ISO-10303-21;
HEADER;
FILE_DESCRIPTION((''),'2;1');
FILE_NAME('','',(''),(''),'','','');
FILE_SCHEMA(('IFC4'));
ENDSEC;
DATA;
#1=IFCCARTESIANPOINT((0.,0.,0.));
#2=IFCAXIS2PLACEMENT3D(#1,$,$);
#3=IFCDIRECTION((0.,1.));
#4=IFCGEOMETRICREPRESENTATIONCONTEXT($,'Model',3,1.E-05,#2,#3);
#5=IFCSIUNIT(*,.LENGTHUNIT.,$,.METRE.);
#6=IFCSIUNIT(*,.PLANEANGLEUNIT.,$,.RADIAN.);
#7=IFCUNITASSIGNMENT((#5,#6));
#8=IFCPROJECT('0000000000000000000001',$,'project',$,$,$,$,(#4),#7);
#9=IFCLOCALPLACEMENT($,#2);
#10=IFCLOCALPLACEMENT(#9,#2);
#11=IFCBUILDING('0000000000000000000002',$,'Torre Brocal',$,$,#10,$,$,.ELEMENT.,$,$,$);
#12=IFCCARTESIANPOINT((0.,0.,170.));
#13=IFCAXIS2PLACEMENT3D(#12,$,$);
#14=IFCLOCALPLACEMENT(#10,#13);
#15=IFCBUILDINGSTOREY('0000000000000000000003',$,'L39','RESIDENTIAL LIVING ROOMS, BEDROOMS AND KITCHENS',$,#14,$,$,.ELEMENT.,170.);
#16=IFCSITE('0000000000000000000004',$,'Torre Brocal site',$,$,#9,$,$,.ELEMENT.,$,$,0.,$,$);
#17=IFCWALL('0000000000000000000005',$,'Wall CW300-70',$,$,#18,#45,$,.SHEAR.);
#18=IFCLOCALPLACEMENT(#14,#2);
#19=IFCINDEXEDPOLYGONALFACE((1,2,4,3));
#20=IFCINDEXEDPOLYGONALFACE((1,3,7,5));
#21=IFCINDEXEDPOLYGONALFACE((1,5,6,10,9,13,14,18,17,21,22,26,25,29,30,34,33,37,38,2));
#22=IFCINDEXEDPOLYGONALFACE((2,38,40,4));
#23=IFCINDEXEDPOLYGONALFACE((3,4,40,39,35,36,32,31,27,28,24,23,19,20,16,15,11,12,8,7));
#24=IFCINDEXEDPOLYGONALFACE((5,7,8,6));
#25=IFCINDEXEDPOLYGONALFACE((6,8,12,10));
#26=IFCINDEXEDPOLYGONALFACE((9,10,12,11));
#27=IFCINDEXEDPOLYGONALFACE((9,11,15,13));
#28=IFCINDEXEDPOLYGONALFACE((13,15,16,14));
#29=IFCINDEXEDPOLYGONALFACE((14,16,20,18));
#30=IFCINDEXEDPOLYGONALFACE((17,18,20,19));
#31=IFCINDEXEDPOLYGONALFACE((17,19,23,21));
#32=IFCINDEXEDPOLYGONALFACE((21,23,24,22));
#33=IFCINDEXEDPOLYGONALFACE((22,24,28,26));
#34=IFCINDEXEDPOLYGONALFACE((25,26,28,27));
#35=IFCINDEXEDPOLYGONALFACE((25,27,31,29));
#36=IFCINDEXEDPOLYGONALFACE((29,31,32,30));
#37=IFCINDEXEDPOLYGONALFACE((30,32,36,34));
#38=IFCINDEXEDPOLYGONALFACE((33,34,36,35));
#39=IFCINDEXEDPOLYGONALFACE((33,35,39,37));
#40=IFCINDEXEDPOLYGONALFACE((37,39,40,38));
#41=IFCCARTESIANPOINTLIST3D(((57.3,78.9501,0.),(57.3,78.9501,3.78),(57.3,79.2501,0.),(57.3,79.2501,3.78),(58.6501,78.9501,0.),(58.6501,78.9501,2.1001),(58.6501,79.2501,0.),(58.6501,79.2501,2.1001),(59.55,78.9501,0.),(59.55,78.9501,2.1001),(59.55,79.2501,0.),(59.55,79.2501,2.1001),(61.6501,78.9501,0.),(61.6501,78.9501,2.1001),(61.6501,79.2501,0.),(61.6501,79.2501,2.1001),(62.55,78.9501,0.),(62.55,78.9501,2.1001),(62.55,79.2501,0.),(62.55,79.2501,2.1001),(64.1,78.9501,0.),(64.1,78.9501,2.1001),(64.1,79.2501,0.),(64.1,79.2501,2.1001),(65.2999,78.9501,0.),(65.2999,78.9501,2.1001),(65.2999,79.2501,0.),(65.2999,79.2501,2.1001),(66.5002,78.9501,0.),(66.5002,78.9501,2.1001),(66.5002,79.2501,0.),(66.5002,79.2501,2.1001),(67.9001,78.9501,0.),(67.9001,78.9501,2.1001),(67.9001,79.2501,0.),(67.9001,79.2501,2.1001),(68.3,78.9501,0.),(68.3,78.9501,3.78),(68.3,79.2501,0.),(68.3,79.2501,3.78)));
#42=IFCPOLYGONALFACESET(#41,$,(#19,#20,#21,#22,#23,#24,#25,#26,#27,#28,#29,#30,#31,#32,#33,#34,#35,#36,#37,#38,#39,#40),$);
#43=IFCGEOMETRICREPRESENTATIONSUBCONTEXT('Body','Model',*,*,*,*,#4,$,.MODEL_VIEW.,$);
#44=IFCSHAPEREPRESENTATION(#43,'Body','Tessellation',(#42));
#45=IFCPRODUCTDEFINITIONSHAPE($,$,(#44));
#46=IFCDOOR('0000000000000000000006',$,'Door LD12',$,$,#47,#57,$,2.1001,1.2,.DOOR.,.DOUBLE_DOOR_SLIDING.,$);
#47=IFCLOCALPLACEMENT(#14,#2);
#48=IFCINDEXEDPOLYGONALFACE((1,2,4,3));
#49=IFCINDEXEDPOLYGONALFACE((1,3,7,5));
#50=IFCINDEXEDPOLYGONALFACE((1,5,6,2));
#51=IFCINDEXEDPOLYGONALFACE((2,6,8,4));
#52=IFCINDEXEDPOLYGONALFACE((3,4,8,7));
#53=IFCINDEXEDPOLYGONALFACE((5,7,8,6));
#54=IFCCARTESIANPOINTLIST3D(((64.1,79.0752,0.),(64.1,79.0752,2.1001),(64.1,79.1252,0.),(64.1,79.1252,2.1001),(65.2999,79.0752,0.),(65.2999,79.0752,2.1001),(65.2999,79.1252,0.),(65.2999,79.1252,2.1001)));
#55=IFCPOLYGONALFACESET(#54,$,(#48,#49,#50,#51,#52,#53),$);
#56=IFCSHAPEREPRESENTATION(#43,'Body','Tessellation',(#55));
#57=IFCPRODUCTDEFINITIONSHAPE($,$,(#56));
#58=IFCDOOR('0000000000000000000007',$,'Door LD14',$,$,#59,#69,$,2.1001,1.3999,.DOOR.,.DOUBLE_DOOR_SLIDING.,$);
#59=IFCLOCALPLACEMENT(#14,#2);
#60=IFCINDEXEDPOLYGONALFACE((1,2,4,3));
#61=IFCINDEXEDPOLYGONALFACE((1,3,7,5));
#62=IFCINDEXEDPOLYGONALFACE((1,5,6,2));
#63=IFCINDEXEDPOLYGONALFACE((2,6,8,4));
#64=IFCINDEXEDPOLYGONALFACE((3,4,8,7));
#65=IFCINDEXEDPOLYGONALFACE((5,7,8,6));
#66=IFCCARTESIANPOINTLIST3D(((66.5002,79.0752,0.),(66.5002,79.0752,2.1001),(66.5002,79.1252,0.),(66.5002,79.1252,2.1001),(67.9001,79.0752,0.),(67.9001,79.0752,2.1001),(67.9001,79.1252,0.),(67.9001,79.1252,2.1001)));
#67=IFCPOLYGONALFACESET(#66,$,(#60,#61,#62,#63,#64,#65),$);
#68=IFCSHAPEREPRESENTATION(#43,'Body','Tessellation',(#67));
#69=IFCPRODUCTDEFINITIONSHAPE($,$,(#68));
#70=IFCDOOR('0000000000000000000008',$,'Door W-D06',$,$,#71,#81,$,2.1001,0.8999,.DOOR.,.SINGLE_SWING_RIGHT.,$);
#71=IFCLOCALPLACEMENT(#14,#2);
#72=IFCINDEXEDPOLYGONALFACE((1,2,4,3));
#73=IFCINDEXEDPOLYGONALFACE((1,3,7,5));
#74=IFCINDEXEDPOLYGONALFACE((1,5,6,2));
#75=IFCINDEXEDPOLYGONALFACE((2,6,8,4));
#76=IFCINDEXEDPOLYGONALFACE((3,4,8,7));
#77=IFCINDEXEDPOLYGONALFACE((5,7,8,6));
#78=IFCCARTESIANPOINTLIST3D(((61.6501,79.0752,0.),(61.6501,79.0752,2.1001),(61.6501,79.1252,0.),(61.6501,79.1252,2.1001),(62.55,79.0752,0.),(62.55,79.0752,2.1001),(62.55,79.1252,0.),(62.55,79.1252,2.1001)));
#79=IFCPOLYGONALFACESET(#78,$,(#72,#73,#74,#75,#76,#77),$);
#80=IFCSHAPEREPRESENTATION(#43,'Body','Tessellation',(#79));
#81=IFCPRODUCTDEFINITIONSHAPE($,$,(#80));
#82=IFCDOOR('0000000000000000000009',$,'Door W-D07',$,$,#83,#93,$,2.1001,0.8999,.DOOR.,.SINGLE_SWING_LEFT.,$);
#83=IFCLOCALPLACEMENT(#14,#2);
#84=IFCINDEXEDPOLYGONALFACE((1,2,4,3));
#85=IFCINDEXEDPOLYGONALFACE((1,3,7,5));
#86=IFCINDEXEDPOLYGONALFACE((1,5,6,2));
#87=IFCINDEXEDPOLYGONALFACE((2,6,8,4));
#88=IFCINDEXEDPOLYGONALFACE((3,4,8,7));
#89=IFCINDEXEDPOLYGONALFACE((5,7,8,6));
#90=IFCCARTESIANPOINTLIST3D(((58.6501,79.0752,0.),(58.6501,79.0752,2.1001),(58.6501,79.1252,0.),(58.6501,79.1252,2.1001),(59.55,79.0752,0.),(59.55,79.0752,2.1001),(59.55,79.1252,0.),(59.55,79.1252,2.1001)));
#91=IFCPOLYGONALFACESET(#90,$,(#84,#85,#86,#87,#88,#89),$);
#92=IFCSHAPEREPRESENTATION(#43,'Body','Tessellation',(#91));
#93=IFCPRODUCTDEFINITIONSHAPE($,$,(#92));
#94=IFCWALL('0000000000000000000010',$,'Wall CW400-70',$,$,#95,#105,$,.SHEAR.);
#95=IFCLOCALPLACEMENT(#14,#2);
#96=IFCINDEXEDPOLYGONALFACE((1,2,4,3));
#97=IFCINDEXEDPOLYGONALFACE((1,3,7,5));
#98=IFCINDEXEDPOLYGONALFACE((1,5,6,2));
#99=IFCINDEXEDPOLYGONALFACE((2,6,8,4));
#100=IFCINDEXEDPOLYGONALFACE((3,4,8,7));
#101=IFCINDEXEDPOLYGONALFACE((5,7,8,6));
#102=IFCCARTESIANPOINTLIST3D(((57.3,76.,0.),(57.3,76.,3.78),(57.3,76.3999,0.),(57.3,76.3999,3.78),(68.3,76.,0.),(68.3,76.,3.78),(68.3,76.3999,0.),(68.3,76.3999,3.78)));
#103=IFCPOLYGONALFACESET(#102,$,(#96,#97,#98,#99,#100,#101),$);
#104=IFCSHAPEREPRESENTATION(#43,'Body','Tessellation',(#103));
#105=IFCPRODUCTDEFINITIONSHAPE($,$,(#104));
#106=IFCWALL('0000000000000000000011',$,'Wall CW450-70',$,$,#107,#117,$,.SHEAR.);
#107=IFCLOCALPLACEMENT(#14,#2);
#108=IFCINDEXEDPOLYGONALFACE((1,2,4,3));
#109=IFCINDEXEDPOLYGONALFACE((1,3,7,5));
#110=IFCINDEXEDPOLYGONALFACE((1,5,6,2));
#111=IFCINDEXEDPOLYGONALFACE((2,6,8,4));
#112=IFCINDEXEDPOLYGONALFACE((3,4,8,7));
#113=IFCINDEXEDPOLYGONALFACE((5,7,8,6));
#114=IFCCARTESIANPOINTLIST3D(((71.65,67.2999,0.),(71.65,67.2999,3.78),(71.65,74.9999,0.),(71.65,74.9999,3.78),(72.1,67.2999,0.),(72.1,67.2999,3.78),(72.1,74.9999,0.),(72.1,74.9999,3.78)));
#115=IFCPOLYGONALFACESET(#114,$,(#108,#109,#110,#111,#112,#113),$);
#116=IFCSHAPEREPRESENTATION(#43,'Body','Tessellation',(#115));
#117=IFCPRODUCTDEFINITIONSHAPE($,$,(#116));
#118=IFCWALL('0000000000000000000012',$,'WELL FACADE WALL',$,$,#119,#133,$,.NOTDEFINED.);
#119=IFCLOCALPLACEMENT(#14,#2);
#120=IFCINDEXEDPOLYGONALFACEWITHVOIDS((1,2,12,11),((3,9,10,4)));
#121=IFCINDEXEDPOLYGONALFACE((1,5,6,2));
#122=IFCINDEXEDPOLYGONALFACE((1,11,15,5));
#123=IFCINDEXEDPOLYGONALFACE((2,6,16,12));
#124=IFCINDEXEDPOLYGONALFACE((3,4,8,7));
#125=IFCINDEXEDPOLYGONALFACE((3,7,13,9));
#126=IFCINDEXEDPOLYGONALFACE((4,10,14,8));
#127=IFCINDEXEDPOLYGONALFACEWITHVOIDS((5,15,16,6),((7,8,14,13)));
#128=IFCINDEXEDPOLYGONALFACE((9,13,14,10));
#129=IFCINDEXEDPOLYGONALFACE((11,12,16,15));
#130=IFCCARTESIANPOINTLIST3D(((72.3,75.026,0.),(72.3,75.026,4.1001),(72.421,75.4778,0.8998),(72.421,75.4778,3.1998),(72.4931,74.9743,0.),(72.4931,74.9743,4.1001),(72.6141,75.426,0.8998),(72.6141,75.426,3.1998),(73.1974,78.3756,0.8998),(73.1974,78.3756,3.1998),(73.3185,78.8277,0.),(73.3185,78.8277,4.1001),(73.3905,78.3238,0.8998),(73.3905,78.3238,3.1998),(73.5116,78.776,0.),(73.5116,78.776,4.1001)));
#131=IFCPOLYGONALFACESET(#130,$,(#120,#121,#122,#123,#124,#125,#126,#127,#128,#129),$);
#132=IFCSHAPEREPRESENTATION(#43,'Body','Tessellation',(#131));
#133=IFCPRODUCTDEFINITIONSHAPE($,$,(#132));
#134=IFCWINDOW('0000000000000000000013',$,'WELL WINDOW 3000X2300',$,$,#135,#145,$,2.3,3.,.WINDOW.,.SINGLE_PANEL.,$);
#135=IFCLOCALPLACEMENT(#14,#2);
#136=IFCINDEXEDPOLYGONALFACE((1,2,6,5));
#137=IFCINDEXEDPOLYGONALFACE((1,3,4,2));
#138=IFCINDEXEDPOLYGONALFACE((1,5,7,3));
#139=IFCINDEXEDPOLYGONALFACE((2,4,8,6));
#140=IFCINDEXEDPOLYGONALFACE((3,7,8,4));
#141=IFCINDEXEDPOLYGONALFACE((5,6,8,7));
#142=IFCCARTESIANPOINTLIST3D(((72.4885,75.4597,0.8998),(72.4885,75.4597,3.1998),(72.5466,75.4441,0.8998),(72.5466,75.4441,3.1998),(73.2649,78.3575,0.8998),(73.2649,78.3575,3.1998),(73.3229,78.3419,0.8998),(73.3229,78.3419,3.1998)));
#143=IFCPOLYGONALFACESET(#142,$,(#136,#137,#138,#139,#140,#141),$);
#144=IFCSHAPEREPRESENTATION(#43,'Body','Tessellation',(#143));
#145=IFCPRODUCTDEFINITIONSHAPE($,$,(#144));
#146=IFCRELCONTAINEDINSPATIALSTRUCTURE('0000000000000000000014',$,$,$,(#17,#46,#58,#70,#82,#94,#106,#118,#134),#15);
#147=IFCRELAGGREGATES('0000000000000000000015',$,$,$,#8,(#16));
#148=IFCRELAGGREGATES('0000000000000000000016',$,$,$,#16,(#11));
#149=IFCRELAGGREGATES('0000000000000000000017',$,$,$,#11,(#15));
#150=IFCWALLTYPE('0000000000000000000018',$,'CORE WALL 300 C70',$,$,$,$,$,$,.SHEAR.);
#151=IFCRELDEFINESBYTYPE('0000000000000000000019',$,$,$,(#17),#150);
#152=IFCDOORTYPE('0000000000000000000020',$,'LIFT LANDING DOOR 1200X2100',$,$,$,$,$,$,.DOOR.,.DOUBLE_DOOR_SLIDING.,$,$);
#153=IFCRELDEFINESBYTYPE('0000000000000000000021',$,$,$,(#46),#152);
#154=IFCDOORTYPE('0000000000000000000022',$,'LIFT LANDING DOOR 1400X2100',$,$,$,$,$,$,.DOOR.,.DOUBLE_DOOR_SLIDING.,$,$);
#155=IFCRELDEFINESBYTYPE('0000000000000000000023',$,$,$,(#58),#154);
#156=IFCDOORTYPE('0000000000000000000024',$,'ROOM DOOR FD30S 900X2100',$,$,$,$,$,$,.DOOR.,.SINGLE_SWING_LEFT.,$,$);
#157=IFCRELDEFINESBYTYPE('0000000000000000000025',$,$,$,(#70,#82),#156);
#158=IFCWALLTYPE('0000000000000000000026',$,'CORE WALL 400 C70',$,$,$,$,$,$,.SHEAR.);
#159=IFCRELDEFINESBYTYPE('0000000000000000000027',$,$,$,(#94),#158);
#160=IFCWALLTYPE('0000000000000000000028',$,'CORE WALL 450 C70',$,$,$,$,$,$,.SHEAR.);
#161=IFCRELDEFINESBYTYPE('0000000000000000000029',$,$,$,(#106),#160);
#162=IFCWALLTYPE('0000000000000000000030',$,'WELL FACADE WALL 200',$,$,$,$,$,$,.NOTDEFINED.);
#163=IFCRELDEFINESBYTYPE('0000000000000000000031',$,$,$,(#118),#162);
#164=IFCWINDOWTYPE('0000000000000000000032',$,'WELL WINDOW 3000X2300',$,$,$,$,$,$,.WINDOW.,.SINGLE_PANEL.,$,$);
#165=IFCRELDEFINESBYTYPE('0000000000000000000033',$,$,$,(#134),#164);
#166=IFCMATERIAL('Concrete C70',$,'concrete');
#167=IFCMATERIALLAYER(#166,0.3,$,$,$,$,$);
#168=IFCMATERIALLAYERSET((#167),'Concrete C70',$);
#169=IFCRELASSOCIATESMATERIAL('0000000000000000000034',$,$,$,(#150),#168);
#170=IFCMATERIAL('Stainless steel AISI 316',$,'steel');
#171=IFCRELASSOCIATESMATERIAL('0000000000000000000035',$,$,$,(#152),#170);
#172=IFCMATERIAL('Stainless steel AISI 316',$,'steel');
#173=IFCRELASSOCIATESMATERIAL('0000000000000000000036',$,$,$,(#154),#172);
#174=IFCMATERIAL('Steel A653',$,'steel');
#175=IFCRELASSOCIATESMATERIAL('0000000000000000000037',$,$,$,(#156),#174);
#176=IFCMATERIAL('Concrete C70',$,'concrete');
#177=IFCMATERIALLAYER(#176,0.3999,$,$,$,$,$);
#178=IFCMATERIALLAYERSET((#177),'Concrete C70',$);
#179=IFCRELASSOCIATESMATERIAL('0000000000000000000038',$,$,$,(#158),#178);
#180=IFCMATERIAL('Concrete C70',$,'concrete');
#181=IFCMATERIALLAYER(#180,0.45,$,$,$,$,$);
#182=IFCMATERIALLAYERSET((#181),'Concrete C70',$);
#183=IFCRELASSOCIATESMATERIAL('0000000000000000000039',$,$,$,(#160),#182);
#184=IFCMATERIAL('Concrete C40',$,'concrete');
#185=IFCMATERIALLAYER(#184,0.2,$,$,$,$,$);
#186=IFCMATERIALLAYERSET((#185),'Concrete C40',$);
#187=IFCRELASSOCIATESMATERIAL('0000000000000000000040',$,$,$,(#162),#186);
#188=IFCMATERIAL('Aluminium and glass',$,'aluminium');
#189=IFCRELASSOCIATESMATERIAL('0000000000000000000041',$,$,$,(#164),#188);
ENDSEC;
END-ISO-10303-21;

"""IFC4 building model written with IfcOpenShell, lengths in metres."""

from ifc_helpers import new_model, si_unit, direction, frame, frame_2d, origin, place, context, subcontext, project, spatial, rectangle, extrude, material, layer, layer_set, type_object, element, fill, save


model = new_model("IFC4")

# Units and contexts
model_context = context("Model", 3, precision=1e-05, world=origin(), true_north=direction((0.0, 1.0)))
body_context = subcontext(model_context, "Body", "Model", "MODEL_VIEW")
ifc_project = project(units=[si_unit("LENGTHUNIT", "METRE"), si_unit("PLANEANGLEUNIT", "RADIAN")], contexts=[model_context])

# Site, building, storey
site_placement = place(None, origin())
site = spatial("IfcSite", under=ifc_project, at=site_placement, Name="Torre Brocal site", CompositionType="ELEMENT", RefElevation=0.0)
building_placement = place(site_placement, origin())
building = spatial("IfcBuilding", under=site, at=building_placement, Name="Torre Brocal", CompositionType="ELEMENT")
storey_placement = place(building_placement, frame((0.0, 0.0, 170.0)))
storey = spatial("IfcBuildingStorey", under=building, at=storey_placement, Name="L39", Description="RESIDENTIAL LIVING ROOMS, BEDROOMS AND KITCHENS", CompositionType="ELEMENT", Elevation=170.0)

# Shared definitions
ifc_material_1 = material(Name="Concrete C70", Category="concrete")
ifc_layer_1 = layer(ifc_material_1, 0.3)
ifc_layer_set_1 = layer_set([ifc_layer_1], Name="Concrete C70")
wall_type_1 = type_object("IfcWallType", Name="CORE WALL 300 C70", PredefinedType="SHEAR", material=ifc_layer_set_1)

# Wall, openings, doors
wall_1_placement = place(storey_placement, frame((68.3, 79.1001, 0.0), z_axis=(0.0, 0.0, 1.0), x_axis=(-1.0, 0.0, 0.0)))
wall_1 = element("IfcWall", 1, at=wall_1_placement, inside=storey, type_object=wall_type_1, Name="Wall CW300-70", PredefinedType="SHEAR", context=body_context, shape_type="SweptSolid", body=[
    extrude(rectangle(XDim=11.0, YDim=0.3, at=frame_2d((5.5, 0.0))), origin(), (0.0, 0.0, 1.0), 3.78),
])
opening_1_placement = place(wall_1_placement, frame((0.3999, 0.0, 0.0)))
opening_1 = element("IfcOpeningElement", 2, at=opening_1_placement, cuts=wall_1, PredefinedType="OPENING", context=body_context, shape_type="SweptSolid", body=[
    extrude(rectangle(XDim=1.3999, YDim=2.1001, at=frame_2d((0.7, 1.05))), frame((0.0, 0.1599, 0.0), z_axis=(0.0, -1.0, 0.0), x_axis=(1.0, 0.0, 0.0)), (0.0, 0.0, 1.0), 0.3201),
])
opening_2_placement = place(wall_1_placement, frame((3.0, 0.0, 0.0)))
opening_2 = element("IfcOpeningElement", 3, at=opening_2_placement, cuts=wall_1, PredefinedType="OPENING", context=body_context, shape_type="SweptSolid", body=[
    extrude(rectangle(XDim=1.2, YDim=2.1001, at=frame_2d((0.6001, 1.05))), frame((0.0, 0.1599, 0.0), z_axis=(0.0, -1.0, 0.0), x_axis=(1.0, 0.0, 0.0)), (0.0, 0.0, 1.0), 0.3201),
])
opening_3_placement = place(wall_1_placement, frame((5.75, 0.0, 0.0)))
opening_3 = element("IfcOpeningElement", 4, at=opening_3_placement, cuts=wall_1, PredefinedType="OPENING", context=body_context, shape_type="SweptSolid", body=[
    extrude(rectangle(XDim=0.8999, YDim=2.1001, at=frame_2d((0.45, 1.05))), frame((0.0, 0.1599, 0.0), z_axis=(0.0, -1.0, 0.0), x_axis=(1.0, 0.0, 0.0)), (0.0, 0.0, 1.0), 0.3201),
])
opening_4_placement = place(wall_1_placement, frame((8.75, 0.0, 0.0)))
opening_4 = element("IfcOpeningElement", 5, at=opening_4_placement, cuts=wall_1, PredefinedType="OPENING", context=body_context, shape_type="SweptSolid", body=[
    extrude(rectangle(XDim=0.8999, YDim=2.1001, at=frame_2d((0.45, 1.05))), frame((0.0, 0.1599, 0.0), z_axis=(0.0, -1.0, 0.0), x_axis=(1.0, 0.0, 0.0)), (0.0, 0.0, 1.0), 0.3201),
])
ifc_material_2 = material(Name="Stainless steel AISI 316", Category="steel")
door_type_1 = type_object("IfcDoorType", Name="LIFT LANDING DOOR 1200X2100", OperationType="DOUBLE_DOOR_SLIDING", PredefinedType="DOOR", material=ifc_material_2)
door_1_placement = place(opening_2_placement, origin())
door_1 = element("IfcDoor", 6, at=door_1_placement, inside=storey, type_object=door_type_1, Name="Door LD12", OperationType="DOUBLE_DOOR_SLIDING", OverallHeight=2.1001, OverallWidth=1.2, PredefinedType="DOOR", context=body_context, shape_type="SweptSolid", body=[
    extrude(rectangle(XDim=1.2, YDim=2.1001, at=frame_2d((0.6001, 1.05))), frame((0.0, 0.0249, 0.0), z_axis=(0.0, -1.0, 0.0), x_axis=(1.0, 0.0, 0.0)), (0.0, 0.0, 1.0), 0.05),
])
fill(opening_2, door_1)
ifc_material_3 = material(Name="Stainless steel AISI 316", Category="steel")
door_type_2 = type_object("IfcDoorType", Name="LIFT LANDING DOOR 1400X2100", OperationType="DOUBLE_DOOR_SLIDING", PredefinedType="DOOR", material=ifc_material_3)
door_2_placement = place(opening_1_placement, origin())
door_2 = element("IfcDoor", 7, at=door_2_placement, inside=storey, type_object=door_type_2, Name="Door LD14", OperationType="DOUBLE_DOOR_SLIDING", OverallHeight=2.1001, OverallWidth=1.3999, PredefinedType="DOOR", context=body_context, shape_type="SweptSolid", body=[
    extrude(rectangle(XDim=1.3999, YDim=2.1001, at=frame_2d((0.7, 1.05))), frame((0.0, 0.0249, 0.0), z_axis=(0.0, -1.0, 0.0), x_axis=(1.0, 0.0, 0.0)), (0.0, 0.0, 1.0), 0.05),
])
fill(opening_1, door_2)
ifc_material_4 = material(Name="Steel A653", Category="steel")
door_type_3 = type_object("IfcDoorType", Name="ROOM DOOR FD30S 900X2100", OperationType="SINGLE_SWING_LEFT", PredefinedType="DOOR", material=ifc_material_4)
door_3_placement = place(opening_3_placement, origin())
door_3 = element("IfcDoor", 8, at=door_3_placement, inside=storey, type_object=door_type_3, Name="Door W-D06", OperationType="SINGLE_SWING_RIGHT", OverallHeight=2.1001, OverallWidth=0.8999, PredefinedType="DOOR", context=body_context, shape_type="SweptSolid", body=[
    extrude(rectangle(XDim=0.8999, YDim=2.1001, at=frame_2d((0.45, 1.05))), frame((0.0, 0.0249, 0.0), z_axis=(0.0, -1.0, 0.0), x_axis=(1.0, 0.0, 0.0)), (0.0, 0.0, 1.0), 0.05),
])
fill(opening_3, door_3)
door_4_placement = place(opening_4_placement, origin())
door_4 = element("IfcDoor", 9, at=door_4_placement, inside=storey, type_object=door_type_3, Name="Door W-D07", OperationType="SINGLE_SWING_LEFT", OverallHeight=2.1001, OverallWidth=0.8999, PredefinedType="DOOR", context=body_context, shape_type="SweptSolid", body=[
    extrude(rectangle(XDim=0.8999, YDim=2.1001, at=frame_2d((0.45, 1.05))), frame((0.0, 0.0249, 0.0), z_axis=(0.0, -1.0, 0.0), x_axis=(1.0, 0.0, 0.0)), (0.0, 0.0, 1.0), 0.05),
])
fill(opening_4, door_4)

# Walls
ifc_material_5 = material(Name="Concrete C70", Category="concrete")
ifc_layer_2 = layer(ifc_material_5, 0.3999)
ifc_layer_set_2 = layer_set([ifc_layer_2], Name="Concrete C70")
wall_type_2 = type_object("IfcWallType", Name="CORE WALL 400 C70", PredefinedType="SHEAR", material=ifc_layer_set_2)
wall_2_placement = place(storey_placement, frame((68.3, 76.2, 0.0), z_axis=(0.0, 0.0, 1.0), x_axis=(-1.0, 0.0, 0.0)))
element("IfcWall", 10, at=wall_2_placement, inside=storey, type_object=wall_type_2, Name="Wall CW400-70", PredefinedType="SHEAR", context=body_context, shape_type="SweptSolid", body=[
    extrude(rectangle(XDim=11.0, YDim=0.3999, at=frame_2d((5.5, 0.0))), origin(), (0.0, 0.0, 1.0), 3.78),
])
ifc_material_6 = material(Name="Concrete C70", Category="concrete")
ifc_layer_3 = layer(ifc_material_6, 0.45)
ifc_layer_set_3 = layer_set([ifc_layer_3], Name="Concrete C70")
wall_type_3 = type_object("IfcWallType", Name="CORE WALL 450 C70", PredefinedType="SHEAR", material=ifc_layer_set_3)
wall_3_placement = place(storey_placement, frame((71.875, 75.0, 0.0), z_axis=(0.0, 0.0, 1.0), x_axis=(0.0, -1.0, 0.0)))
element("IfcWall", 11, at=wall_3_placement, inside=storey, type_object=wall_type_3, Name="Wall CW450-70", PredefinedType="SHEAR", context=body_context, shape_type="SweptSolid", body=[
    extrude(rectangle(XDim=7.7, YDim=0.45, at=frame_2d((3.8501, 0.0))), origin(), (0.0, 0.0, 1.0), 3.78),
])

# Wall, opening, window
ifc_material_7 = material(Name="Concrete C40", Category="concrete")
ifc_layer_4 = layer(ifc_material_7, 0.2)
ifc_layer_set_4 = layer_set([ifc_layer_4], Name="Concrete C40")
wall_type_4 = type_object("IfcWallType", Name="WELL FACADE WALL 200", PredefinedType="NOTDEFINED", material=ifc_layer_set_4)
wall_4_placement = place(storey_placement, frame((73.415, 78.8018, 0.0), z_axis=(0.0, 0.0, 1.0), x_axis=(-0.25879, -0.965934, 0.0)))
wall_4 = element("IfcWall", 12, at=wall_4_placement, inside=storey, type_object=wall_type_4, Name="WELL FACADE WALL", PredefinedType="NOTDEFINED", context=body_context, shape_type="SweptSolid", body=[
    extrude(rectangle(XDim=3.9358, YDim=0.2, at=frame_2d((1.9678, 0.0))), origin(), (0.0, 0.0, 1.0), 4.1001),
])
opening_5_placement = place(wall_4_placement, frame((0.468, 0.0, 0.8999)))
opening_5 = element("IfcOpeningElement", 13, at=opening_5_placement, cuts=wall_4, PredefinedType="OPENING", context=body_context, shape_type="SweptSolid", body=[
    extrude(rectangle(XDim=3.0, YDim=2.3, at=frame_2d((1.5, 1.1499))), frame((0.0, 0.1099, 0.0), z_axis=(0.0, -1.0, 0.0), x_axis=(1.0, 0.0, 0.0)), (0.0, 0.0, 1.0), 0.22),
])
ifc_material_8 = material(Name="Aluminium and glass", Category="aluminium")
window_type = type_object("IfcWindowType", Name="WELL WINDOW 3000X2300", PartitioningType="SINGLE_PANEL", PredefinedType="WINDOW", material=ifc_material_8)
window_1_placement = place(opening_5_placement, origin())
window_1 = element("IfcWindow", 14, at=window_1_placement, inside=storey, type_object=window_type, Name="WELL WINDOW 3000X2300", OverallHeight=2.3, OverallWidth=3.0, PartitioningType="SINGLE_PANEL", PredefinedType="WINDOW", context=body_context, shape_type="SweptSolid", body=[
    extrude(rectangle(XDim=3.0, YDim=2.3, at=frame_2d((1.5, 1.1499))), frame((0.0, 0.03, 0.0), z_axis=(0.0, -1.0, 0.0), x_axis=(1.0, 0.0, 0.0)), (0.0, 0.0, 1.0), 0.0601),
])
fill(opening_5, window_1)

save(model, "model.ifc")
